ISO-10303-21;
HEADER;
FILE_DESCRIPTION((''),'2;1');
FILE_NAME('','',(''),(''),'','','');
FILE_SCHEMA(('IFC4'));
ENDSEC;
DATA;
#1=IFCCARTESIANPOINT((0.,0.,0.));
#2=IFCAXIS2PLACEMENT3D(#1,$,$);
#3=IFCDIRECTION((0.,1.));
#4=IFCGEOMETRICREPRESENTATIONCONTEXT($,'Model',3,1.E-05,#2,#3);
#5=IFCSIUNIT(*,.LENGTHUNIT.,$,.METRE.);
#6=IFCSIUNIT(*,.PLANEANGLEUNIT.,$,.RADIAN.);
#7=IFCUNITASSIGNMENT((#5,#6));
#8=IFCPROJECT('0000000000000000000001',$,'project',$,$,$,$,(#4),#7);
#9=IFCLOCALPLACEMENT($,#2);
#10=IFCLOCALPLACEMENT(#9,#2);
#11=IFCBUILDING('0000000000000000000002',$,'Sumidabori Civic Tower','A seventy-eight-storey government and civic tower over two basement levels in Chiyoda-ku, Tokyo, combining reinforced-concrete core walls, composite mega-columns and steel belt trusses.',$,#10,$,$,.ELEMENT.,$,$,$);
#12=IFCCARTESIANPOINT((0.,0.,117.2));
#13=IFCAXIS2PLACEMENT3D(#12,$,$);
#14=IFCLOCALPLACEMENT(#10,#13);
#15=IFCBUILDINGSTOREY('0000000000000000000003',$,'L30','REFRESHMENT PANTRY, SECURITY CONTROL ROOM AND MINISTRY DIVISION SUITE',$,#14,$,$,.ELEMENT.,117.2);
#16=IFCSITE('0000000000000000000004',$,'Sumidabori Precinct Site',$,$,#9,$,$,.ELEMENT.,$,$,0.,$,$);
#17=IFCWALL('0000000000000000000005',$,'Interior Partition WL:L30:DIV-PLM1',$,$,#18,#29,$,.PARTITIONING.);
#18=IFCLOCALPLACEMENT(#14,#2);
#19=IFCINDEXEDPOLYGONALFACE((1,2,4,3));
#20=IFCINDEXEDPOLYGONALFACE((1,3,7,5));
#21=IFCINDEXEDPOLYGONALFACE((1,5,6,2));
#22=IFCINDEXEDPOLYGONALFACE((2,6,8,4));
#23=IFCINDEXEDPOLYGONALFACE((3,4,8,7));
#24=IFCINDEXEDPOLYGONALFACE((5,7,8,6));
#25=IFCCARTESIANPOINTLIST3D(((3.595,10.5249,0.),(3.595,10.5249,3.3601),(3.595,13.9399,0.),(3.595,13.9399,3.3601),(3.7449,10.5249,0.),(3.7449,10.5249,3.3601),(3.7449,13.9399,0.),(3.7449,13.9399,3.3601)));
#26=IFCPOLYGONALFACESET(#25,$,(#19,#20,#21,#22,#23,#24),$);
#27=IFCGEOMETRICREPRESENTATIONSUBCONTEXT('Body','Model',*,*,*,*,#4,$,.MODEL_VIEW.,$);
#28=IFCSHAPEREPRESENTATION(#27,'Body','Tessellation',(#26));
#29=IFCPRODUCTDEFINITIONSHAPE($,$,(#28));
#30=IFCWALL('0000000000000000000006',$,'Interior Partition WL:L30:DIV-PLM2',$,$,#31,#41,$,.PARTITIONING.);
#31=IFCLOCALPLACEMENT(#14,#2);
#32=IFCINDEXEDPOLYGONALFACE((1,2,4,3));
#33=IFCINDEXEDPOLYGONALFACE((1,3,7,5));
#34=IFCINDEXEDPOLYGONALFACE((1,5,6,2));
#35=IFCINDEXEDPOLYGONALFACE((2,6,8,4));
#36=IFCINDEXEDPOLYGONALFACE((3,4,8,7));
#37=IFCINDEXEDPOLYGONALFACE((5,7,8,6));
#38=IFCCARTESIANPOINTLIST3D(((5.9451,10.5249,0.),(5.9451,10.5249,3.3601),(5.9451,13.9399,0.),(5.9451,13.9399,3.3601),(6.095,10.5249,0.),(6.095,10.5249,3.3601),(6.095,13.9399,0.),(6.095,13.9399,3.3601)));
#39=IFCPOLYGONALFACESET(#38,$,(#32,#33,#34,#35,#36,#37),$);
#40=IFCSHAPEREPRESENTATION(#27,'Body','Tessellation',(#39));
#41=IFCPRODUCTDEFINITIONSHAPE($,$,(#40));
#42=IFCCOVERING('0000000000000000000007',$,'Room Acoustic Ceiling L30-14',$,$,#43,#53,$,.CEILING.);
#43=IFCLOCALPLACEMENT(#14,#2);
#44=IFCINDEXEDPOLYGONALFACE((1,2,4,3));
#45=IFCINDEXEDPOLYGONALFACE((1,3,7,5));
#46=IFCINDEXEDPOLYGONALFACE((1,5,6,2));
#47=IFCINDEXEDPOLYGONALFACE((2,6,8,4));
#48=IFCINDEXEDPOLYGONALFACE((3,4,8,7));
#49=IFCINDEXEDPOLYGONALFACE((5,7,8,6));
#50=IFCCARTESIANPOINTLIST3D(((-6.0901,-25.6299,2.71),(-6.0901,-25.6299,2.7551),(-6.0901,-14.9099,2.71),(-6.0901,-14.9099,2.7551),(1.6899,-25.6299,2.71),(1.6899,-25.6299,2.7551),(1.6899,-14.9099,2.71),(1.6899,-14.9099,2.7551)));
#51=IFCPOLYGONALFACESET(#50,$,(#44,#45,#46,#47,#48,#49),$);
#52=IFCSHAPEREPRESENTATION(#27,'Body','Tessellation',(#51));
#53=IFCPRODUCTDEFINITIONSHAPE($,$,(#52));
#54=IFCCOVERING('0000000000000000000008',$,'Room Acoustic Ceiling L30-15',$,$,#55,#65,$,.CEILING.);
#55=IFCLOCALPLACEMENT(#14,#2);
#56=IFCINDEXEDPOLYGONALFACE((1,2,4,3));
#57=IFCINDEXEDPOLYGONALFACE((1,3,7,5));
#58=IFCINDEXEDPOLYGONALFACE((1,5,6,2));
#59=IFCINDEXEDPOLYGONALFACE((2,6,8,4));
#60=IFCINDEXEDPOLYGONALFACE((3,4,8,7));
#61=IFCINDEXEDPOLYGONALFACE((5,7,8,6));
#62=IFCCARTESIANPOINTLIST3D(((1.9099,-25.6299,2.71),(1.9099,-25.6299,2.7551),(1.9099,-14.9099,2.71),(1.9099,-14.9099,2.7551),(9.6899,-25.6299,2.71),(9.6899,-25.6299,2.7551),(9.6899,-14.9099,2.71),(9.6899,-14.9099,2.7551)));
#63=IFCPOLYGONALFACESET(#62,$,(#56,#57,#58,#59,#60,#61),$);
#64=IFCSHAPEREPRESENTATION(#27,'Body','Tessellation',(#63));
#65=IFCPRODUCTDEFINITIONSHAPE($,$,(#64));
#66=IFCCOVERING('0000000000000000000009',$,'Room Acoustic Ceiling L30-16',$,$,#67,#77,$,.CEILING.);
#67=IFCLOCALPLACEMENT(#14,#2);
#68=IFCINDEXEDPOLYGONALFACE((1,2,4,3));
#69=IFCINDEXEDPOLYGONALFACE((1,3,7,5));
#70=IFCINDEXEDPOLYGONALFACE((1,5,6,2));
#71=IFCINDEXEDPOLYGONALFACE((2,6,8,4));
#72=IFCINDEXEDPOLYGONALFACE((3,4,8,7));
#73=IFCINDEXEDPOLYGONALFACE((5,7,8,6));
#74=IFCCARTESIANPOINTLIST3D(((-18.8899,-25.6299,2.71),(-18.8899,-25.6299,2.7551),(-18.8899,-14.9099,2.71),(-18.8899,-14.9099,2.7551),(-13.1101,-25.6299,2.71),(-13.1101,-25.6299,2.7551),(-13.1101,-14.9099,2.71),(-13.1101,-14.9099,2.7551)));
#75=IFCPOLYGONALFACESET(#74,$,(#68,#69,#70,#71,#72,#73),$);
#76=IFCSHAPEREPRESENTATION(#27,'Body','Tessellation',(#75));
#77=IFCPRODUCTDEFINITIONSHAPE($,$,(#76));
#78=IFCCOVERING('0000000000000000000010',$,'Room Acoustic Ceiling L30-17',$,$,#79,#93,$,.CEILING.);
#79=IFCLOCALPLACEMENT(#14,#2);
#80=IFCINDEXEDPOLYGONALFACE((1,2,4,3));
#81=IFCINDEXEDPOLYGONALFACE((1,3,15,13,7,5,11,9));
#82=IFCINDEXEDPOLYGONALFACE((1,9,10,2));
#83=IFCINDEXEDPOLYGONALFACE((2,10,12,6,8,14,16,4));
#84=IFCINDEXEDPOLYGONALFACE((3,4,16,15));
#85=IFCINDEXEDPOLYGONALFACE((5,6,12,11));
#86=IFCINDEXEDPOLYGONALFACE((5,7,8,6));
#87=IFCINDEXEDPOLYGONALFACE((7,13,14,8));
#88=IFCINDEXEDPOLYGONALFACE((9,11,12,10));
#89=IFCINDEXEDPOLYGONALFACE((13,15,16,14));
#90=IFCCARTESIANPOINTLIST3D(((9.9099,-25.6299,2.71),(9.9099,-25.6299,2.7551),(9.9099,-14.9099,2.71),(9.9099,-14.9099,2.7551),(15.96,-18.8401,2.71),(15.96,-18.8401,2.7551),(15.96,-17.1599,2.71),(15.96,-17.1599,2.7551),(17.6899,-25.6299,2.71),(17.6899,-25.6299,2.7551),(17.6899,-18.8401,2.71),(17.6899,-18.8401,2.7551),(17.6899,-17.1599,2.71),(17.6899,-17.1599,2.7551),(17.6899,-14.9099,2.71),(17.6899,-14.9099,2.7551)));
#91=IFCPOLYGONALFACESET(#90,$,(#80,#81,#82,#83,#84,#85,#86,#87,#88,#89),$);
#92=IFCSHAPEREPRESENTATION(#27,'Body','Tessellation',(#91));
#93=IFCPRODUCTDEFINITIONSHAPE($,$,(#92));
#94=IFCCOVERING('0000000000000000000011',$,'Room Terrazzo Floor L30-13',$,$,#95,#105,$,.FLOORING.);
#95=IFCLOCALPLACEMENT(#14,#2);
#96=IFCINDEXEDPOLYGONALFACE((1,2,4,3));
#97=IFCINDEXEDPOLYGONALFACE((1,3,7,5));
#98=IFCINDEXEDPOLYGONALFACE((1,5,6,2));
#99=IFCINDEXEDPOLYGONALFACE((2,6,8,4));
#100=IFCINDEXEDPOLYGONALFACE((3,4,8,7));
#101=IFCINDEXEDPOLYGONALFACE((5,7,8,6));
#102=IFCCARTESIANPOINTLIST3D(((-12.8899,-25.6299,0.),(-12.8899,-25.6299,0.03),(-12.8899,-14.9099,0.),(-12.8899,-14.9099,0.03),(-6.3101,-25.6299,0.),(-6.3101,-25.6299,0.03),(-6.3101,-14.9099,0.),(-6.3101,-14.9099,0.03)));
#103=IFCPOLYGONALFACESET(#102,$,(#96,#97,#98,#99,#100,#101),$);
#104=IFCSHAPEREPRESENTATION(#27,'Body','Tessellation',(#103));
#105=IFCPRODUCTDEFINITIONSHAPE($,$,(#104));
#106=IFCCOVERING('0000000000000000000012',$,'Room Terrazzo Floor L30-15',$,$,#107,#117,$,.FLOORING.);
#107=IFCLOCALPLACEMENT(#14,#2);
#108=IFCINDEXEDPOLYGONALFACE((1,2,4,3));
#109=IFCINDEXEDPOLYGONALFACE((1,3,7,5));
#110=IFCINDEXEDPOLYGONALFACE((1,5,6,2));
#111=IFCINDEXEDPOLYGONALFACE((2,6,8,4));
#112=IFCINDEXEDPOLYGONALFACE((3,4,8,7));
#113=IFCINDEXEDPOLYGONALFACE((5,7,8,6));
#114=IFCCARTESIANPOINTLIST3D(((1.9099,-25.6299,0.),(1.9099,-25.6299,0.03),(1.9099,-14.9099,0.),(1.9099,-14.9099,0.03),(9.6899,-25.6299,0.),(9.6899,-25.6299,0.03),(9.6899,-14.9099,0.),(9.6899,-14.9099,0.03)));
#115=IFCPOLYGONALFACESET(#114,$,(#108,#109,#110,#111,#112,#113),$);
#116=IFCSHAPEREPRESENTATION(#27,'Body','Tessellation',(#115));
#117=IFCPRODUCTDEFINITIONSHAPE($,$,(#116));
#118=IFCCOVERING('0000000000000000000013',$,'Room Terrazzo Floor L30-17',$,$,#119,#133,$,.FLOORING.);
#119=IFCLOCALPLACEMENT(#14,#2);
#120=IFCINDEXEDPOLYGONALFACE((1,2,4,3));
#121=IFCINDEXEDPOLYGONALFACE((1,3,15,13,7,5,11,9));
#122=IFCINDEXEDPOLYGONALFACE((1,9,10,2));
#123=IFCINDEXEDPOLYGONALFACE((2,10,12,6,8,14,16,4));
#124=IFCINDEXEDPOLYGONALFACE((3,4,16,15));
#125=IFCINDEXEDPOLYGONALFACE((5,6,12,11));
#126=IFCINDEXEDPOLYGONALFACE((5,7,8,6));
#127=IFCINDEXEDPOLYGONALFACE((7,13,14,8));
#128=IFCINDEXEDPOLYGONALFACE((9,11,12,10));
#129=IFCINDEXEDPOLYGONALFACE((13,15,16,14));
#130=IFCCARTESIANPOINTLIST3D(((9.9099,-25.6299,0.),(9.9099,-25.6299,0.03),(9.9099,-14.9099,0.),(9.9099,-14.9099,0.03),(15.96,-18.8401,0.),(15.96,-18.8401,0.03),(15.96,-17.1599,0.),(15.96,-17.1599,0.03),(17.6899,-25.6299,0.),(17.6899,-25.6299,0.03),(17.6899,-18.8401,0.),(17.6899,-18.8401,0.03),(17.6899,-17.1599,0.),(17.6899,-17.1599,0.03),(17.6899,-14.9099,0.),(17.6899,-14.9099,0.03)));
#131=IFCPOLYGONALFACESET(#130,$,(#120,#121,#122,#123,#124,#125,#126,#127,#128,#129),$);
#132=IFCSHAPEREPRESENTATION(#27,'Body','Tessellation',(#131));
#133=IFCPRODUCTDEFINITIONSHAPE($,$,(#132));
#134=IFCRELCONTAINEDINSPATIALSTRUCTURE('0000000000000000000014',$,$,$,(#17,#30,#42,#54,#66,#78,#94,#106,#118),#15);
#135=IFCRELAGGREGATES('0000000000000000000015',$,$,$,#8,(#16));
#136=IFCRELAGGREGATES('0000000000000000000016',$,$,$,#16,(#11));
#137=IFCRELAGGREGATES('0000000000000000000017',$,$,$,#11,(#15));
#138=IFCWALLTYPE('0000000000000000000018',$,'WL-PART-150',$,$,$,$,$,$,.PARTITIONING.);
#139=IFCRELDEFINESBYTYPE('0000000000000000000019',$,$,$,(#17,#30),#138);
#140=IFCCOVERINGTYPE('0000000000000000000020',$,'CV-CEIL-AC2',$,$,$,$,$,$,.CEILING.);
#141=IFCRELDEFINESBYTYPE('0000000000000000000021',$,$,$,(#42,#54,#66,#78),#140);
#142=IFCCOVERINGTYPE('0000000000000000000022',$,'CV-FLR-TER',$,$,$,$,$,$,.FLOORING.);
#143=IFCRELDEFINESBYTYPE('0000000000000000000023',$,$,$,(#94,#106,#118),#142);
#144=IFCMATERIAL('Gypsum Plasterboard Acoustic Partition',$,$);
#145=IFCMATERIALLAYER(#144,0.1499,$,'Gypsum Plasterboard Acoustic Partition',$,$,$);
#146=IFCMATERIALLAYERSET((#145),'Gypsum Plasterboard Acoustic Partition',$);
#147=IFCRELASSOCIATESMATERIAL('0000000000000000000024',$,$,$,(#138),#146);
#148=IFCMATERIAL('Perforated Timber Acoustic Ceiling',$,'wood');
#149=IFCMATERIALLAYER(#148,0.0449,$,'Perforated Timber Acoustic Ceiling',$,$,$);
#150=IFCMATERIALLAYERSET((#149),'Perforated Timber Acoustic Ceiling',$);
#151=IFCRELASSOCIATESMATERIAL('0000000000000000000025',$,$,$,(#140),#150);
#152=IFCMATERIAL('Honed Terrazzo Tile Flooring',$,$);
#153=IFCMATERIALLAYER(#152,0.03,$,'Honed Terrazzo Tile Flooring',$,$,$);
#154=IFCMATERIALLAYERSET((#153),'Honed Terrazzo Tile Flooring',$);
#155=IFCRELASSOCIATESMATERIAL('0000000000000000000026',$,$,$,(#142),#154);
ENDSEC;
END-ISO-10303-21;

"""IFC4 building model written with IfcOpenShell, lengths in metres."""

from ifc_helpers import new_model, si_unit, direction, frame, frame_2d, origin, place, context, subcontext, project, spatial, polyline, rectangle, outline, extrude, source, transform, mapped, material, layer, layer_set, type_object, element, save


model = new_model("IFC4")

# Units and contexts
model_context = context("Model", 3, precision=1e-05, world=origin(), true_north=direction((0.0, 1.0)))
body_context = subcontext(model_context, "Body", "Model", "MODEL_VIEW")
ifc_project = project(units=[si_unit("LENGTHUNIT", "METRE"), si_unit("PLANEANGLEUNIT", "RADIAN")], contexts=[model_context])

# Site, building, storey
site_placement = place(None, origin())
site = spatial("IfcSite", under=ifc_project, at=site_placement, Name="Sumidabori Precinct Site", CompositionType="ELEMENT", RefElevation=0.0)
building_placement = place(site_placement, origin())
building = spatial("IfcBuilding", under=site, at=building_placement, Name="Sumidabori Civic Tower", Description="A seventy-eight-storey government and civic tower over two basement levels in Chiyoda-ku, Tokyo, combining reinforced-concrete core walls, composite mega-columns and steel belt trusses.", CompositionType="ELEMENT")
storey_placement = place(building_placement, frame((0.0, 0.0, 117.2)))
storey = spatial("IfcBuildingStorey", under=building, at=storey_placement, Name="L30", Description="REFRESHMENT PANTRY, SECURITY CONTROL ROOM AND MINISTRY DIVISION SUITE", CompositionType="ELEMENT", Elevation=117.2)

# Shared definitions
ifc_material_1 = material(Name="Gypsum Plasterboard Acoustic Partition")
ifc_layer_1 = layer(ifc_material_1, 0.1499, Name="Gypsum Plasterboard Acoustic Partition")
ifc_layer_set_1 = layer_set([ifc_layer_1], Name="Gypsum Plasterboard Acoustic Partition")
wall_type_1 = type_object("IfcWallType", Name="WL-PART-150", PredefinedType="PARTITIONING", material=ifc_layer_set_1)

# Walls
shared_shape_1 = source(origin(), body_context, "Body", "SweptSolid", [
    extrude(rectangle(XDim=3.415, YDim=0.1499, at=frame_2d((1.7075, 0.0))), origin(), (0.0, 0.0, 1.0), 3.3601),
])
for number, where, z_axis, x_axis, name in (
    (1, (3.6699, 10.5249, 0.0), (0.0, 0.0, 1.0), (0.0, 1.0, 0.0), "Interior Partition WL:L30:DIV-PLM1"),
    (2, (6.02, 10.5249, 0.0), (0.0, 0.0, 1.0), (0.0, 1.0, 0.0), "Interior Partition WL:L30:DIV-PLM2"),
):
    element("IfcWall", number, at=place(storey_placement, frame(where, z_axis=z_axis, x_axis=x_axis)), inside=storey, type_object=wall_type_1, Name=name, PredefinedType="PARTITIONING", context=body_context, shape_type="MappedRepresentation", body=[
        mapped(shared_shape_1, transform((0.0, 0.0, 0.0), x_axis=(1.0, 0.0, 0.0), y_axis=(0.0, 1.0, 0.0), z_axis=(0.0, 0.0, 1.0), scale=1.0)),
    ])

# Coverings
ifc_material_2 = material(Name="Perforated Timber Acoustic Ceiling", Category="wood")
ifc_layer_2 = layer(ifc_material_2, 0.0449, Name="Perforated Timber Acoustic Ceiling")
ifc_layer_set_2 = layer_set([ifc_layer_2], Name="Perforated Timber Acoustic Ceiling")
covering_type_1 = type_object("IfcCoveringType", Name="CV-CEIL-AC2", PredefinedType="CEILING", material=ifc_layer_set_2)
covering_1_placement = place(storey_placement, frame((0.0, 0.0, 2.71)))
element("IfcCovering", 3, at=covering_1_placement, inside=storey, type_object=covering_type_1, Name="Room Acoustic Ceiling L30-14", PredefinedType="CEILING", context=body_context, shape_type="SweptSolid", body=[
    extrude(outline(polyline([(-6.0901, -14.9099), (1.6899, -14.9099), (1.6899, -25.6299), (-6.0901, -25.6299), (-6.0901, -14.9099)])), origin(), (0.0, 0.0, 1.0), 0.0452),
])
covering_2_placement = place(storey_placement, frame((0.0, 0.0, 2.71)))
element("IfcCovering", 4, at=covering_2_placement, inside=storey, type_object=covering_type_1, Name="Room Acoustic Ceiling L30-15", PredefinedType="CEILING", context=body_context, shape_type="SweptSolid", body=[
    extrude(outline(polyline([(1.9099, -14.9099), (9.6899, -14.9099), (9.6899, -25.6299), (1.9099, -25.6299), (1.9099, -14.9099)])), origin(), (0.0, 0.0, 1.0), 0.0452),
])
covering_3_placement = place(storey_placement, frame((0.0, 0.0, 2.71)))
element("IfcCovering", 5, at=covering_3_placement, inside=storey, type_object=covering_type_1, Name="Room Acoustic Ceiling L30-16", PredefinedType="CEILING", context=body_context, shape_type="SweptSolid", body=[
    extrude(outline(polyline([(-18.8899, -14.9099), (-13.1101, -14.9099), (-13.1101, -25.6299), (-18.8899, -25.6299), (-18.8899, -14.9099)])), origin(), (0.0, 0.0, 1.0), 0.0452),
])
covering_4_placement = place(storey_placement, frame((0.0, 0.0, 2.71)))
element("IfcCovering", 6, at=covering_4_placement, inside=storey, type_object=covering_type_1, Name="Room Acoustic Ceiling L30-17", PredefinedType="CEILING", context=body_context, shape_type="SweptSolid", body=[
    extrude(outline(polyline([(9.9099, -14.9099), (17.6899, -14.9099), (17.6899, -17.1599), (15.96, -17.1599), (15.96, -18.8401), (17.6899, -18.8401), (17.6899, -25.6299), (9.9099, -25.6299), (9.9099, -14.9099)])), origin(), (0.0, 0.0, 1.0), 0.0452),
])
ifc_material_3 = material(Name="Honed Terrazzo Tile Flooring")
ifc_layer_3 = layer(ifc_material_3, 0.03, Name="Honed Terrazzo Tile Flooring")
ifc_layer_set_3 = layer_set([ifc_layer_3], Name="Honed Terrazzo Tile Flooring")
covering_type_2 = type_object("IfcCoveringType", Name="CV-FLR-TER", PredefinedType="FLOORING", material=ifc_layer_set_3)
covering_5_placement = place(storey_placement, origin())
element("IfcCovering", 7, at=covering_5_placement, inside=storey, type_object=covering_type_2, Name="Room Terrazzo Floor L30-13", PredefinedType="FLOORING", context=body_context, shape_type="SweptSolid", body=[
    extrude(outline(polyline([(-12.8899, -14.9099), (-6.3101, -14.9099), (-6.3101, -25.6299), (-12.8899, -25.6299), (-12.8899, -14.9099)])), origin(), (0.0, 0.0, 1.0), 0.03),
])
covering_6_placement = place(storey_placement, origin())
element("IfcCovering", 8, at=covering_6_placement, inside=storey, type_object=covering_type_2, Name="Room Terrazzo Floor L30-15", PredefinedType="FLOORING", context=body_context, shape_type="SweptSolid", body=[
    extrude(outline(polyline([(1.9099, -14.9099), (9.6899, -14.9099), (9.6899, -25.6299), (1.9099, -25.6299), (1.9099, -14.9099)])), origin(), (0.0, 0.0, 1.0), 0.03),
])
covering_7_placement = place(storey_placement, origin())
element("IfcCovering", 9, at=covering_7_placement, inside=storey, type_object=covering_type_2, Name="Room Terrazzo Floor L30-17", PredefinedType="FLOORING", context=body_context, shape_type="SweptSolid", body=[
    extrude(outline(polyline([(9.9099, -14.9099), (17.6899, -14.9099), (17.6899, -17.1599), (15.96, -17.1599), (15.96, -18.8401), (17.6899, -18.8401), (17.6899, -25.6299), (9.9099, -25.6299), (9.9099, -14.9099)])), origin(), (0.0, 0.0, 1.0), 0.03),
])

save(model, "model.ifc")
